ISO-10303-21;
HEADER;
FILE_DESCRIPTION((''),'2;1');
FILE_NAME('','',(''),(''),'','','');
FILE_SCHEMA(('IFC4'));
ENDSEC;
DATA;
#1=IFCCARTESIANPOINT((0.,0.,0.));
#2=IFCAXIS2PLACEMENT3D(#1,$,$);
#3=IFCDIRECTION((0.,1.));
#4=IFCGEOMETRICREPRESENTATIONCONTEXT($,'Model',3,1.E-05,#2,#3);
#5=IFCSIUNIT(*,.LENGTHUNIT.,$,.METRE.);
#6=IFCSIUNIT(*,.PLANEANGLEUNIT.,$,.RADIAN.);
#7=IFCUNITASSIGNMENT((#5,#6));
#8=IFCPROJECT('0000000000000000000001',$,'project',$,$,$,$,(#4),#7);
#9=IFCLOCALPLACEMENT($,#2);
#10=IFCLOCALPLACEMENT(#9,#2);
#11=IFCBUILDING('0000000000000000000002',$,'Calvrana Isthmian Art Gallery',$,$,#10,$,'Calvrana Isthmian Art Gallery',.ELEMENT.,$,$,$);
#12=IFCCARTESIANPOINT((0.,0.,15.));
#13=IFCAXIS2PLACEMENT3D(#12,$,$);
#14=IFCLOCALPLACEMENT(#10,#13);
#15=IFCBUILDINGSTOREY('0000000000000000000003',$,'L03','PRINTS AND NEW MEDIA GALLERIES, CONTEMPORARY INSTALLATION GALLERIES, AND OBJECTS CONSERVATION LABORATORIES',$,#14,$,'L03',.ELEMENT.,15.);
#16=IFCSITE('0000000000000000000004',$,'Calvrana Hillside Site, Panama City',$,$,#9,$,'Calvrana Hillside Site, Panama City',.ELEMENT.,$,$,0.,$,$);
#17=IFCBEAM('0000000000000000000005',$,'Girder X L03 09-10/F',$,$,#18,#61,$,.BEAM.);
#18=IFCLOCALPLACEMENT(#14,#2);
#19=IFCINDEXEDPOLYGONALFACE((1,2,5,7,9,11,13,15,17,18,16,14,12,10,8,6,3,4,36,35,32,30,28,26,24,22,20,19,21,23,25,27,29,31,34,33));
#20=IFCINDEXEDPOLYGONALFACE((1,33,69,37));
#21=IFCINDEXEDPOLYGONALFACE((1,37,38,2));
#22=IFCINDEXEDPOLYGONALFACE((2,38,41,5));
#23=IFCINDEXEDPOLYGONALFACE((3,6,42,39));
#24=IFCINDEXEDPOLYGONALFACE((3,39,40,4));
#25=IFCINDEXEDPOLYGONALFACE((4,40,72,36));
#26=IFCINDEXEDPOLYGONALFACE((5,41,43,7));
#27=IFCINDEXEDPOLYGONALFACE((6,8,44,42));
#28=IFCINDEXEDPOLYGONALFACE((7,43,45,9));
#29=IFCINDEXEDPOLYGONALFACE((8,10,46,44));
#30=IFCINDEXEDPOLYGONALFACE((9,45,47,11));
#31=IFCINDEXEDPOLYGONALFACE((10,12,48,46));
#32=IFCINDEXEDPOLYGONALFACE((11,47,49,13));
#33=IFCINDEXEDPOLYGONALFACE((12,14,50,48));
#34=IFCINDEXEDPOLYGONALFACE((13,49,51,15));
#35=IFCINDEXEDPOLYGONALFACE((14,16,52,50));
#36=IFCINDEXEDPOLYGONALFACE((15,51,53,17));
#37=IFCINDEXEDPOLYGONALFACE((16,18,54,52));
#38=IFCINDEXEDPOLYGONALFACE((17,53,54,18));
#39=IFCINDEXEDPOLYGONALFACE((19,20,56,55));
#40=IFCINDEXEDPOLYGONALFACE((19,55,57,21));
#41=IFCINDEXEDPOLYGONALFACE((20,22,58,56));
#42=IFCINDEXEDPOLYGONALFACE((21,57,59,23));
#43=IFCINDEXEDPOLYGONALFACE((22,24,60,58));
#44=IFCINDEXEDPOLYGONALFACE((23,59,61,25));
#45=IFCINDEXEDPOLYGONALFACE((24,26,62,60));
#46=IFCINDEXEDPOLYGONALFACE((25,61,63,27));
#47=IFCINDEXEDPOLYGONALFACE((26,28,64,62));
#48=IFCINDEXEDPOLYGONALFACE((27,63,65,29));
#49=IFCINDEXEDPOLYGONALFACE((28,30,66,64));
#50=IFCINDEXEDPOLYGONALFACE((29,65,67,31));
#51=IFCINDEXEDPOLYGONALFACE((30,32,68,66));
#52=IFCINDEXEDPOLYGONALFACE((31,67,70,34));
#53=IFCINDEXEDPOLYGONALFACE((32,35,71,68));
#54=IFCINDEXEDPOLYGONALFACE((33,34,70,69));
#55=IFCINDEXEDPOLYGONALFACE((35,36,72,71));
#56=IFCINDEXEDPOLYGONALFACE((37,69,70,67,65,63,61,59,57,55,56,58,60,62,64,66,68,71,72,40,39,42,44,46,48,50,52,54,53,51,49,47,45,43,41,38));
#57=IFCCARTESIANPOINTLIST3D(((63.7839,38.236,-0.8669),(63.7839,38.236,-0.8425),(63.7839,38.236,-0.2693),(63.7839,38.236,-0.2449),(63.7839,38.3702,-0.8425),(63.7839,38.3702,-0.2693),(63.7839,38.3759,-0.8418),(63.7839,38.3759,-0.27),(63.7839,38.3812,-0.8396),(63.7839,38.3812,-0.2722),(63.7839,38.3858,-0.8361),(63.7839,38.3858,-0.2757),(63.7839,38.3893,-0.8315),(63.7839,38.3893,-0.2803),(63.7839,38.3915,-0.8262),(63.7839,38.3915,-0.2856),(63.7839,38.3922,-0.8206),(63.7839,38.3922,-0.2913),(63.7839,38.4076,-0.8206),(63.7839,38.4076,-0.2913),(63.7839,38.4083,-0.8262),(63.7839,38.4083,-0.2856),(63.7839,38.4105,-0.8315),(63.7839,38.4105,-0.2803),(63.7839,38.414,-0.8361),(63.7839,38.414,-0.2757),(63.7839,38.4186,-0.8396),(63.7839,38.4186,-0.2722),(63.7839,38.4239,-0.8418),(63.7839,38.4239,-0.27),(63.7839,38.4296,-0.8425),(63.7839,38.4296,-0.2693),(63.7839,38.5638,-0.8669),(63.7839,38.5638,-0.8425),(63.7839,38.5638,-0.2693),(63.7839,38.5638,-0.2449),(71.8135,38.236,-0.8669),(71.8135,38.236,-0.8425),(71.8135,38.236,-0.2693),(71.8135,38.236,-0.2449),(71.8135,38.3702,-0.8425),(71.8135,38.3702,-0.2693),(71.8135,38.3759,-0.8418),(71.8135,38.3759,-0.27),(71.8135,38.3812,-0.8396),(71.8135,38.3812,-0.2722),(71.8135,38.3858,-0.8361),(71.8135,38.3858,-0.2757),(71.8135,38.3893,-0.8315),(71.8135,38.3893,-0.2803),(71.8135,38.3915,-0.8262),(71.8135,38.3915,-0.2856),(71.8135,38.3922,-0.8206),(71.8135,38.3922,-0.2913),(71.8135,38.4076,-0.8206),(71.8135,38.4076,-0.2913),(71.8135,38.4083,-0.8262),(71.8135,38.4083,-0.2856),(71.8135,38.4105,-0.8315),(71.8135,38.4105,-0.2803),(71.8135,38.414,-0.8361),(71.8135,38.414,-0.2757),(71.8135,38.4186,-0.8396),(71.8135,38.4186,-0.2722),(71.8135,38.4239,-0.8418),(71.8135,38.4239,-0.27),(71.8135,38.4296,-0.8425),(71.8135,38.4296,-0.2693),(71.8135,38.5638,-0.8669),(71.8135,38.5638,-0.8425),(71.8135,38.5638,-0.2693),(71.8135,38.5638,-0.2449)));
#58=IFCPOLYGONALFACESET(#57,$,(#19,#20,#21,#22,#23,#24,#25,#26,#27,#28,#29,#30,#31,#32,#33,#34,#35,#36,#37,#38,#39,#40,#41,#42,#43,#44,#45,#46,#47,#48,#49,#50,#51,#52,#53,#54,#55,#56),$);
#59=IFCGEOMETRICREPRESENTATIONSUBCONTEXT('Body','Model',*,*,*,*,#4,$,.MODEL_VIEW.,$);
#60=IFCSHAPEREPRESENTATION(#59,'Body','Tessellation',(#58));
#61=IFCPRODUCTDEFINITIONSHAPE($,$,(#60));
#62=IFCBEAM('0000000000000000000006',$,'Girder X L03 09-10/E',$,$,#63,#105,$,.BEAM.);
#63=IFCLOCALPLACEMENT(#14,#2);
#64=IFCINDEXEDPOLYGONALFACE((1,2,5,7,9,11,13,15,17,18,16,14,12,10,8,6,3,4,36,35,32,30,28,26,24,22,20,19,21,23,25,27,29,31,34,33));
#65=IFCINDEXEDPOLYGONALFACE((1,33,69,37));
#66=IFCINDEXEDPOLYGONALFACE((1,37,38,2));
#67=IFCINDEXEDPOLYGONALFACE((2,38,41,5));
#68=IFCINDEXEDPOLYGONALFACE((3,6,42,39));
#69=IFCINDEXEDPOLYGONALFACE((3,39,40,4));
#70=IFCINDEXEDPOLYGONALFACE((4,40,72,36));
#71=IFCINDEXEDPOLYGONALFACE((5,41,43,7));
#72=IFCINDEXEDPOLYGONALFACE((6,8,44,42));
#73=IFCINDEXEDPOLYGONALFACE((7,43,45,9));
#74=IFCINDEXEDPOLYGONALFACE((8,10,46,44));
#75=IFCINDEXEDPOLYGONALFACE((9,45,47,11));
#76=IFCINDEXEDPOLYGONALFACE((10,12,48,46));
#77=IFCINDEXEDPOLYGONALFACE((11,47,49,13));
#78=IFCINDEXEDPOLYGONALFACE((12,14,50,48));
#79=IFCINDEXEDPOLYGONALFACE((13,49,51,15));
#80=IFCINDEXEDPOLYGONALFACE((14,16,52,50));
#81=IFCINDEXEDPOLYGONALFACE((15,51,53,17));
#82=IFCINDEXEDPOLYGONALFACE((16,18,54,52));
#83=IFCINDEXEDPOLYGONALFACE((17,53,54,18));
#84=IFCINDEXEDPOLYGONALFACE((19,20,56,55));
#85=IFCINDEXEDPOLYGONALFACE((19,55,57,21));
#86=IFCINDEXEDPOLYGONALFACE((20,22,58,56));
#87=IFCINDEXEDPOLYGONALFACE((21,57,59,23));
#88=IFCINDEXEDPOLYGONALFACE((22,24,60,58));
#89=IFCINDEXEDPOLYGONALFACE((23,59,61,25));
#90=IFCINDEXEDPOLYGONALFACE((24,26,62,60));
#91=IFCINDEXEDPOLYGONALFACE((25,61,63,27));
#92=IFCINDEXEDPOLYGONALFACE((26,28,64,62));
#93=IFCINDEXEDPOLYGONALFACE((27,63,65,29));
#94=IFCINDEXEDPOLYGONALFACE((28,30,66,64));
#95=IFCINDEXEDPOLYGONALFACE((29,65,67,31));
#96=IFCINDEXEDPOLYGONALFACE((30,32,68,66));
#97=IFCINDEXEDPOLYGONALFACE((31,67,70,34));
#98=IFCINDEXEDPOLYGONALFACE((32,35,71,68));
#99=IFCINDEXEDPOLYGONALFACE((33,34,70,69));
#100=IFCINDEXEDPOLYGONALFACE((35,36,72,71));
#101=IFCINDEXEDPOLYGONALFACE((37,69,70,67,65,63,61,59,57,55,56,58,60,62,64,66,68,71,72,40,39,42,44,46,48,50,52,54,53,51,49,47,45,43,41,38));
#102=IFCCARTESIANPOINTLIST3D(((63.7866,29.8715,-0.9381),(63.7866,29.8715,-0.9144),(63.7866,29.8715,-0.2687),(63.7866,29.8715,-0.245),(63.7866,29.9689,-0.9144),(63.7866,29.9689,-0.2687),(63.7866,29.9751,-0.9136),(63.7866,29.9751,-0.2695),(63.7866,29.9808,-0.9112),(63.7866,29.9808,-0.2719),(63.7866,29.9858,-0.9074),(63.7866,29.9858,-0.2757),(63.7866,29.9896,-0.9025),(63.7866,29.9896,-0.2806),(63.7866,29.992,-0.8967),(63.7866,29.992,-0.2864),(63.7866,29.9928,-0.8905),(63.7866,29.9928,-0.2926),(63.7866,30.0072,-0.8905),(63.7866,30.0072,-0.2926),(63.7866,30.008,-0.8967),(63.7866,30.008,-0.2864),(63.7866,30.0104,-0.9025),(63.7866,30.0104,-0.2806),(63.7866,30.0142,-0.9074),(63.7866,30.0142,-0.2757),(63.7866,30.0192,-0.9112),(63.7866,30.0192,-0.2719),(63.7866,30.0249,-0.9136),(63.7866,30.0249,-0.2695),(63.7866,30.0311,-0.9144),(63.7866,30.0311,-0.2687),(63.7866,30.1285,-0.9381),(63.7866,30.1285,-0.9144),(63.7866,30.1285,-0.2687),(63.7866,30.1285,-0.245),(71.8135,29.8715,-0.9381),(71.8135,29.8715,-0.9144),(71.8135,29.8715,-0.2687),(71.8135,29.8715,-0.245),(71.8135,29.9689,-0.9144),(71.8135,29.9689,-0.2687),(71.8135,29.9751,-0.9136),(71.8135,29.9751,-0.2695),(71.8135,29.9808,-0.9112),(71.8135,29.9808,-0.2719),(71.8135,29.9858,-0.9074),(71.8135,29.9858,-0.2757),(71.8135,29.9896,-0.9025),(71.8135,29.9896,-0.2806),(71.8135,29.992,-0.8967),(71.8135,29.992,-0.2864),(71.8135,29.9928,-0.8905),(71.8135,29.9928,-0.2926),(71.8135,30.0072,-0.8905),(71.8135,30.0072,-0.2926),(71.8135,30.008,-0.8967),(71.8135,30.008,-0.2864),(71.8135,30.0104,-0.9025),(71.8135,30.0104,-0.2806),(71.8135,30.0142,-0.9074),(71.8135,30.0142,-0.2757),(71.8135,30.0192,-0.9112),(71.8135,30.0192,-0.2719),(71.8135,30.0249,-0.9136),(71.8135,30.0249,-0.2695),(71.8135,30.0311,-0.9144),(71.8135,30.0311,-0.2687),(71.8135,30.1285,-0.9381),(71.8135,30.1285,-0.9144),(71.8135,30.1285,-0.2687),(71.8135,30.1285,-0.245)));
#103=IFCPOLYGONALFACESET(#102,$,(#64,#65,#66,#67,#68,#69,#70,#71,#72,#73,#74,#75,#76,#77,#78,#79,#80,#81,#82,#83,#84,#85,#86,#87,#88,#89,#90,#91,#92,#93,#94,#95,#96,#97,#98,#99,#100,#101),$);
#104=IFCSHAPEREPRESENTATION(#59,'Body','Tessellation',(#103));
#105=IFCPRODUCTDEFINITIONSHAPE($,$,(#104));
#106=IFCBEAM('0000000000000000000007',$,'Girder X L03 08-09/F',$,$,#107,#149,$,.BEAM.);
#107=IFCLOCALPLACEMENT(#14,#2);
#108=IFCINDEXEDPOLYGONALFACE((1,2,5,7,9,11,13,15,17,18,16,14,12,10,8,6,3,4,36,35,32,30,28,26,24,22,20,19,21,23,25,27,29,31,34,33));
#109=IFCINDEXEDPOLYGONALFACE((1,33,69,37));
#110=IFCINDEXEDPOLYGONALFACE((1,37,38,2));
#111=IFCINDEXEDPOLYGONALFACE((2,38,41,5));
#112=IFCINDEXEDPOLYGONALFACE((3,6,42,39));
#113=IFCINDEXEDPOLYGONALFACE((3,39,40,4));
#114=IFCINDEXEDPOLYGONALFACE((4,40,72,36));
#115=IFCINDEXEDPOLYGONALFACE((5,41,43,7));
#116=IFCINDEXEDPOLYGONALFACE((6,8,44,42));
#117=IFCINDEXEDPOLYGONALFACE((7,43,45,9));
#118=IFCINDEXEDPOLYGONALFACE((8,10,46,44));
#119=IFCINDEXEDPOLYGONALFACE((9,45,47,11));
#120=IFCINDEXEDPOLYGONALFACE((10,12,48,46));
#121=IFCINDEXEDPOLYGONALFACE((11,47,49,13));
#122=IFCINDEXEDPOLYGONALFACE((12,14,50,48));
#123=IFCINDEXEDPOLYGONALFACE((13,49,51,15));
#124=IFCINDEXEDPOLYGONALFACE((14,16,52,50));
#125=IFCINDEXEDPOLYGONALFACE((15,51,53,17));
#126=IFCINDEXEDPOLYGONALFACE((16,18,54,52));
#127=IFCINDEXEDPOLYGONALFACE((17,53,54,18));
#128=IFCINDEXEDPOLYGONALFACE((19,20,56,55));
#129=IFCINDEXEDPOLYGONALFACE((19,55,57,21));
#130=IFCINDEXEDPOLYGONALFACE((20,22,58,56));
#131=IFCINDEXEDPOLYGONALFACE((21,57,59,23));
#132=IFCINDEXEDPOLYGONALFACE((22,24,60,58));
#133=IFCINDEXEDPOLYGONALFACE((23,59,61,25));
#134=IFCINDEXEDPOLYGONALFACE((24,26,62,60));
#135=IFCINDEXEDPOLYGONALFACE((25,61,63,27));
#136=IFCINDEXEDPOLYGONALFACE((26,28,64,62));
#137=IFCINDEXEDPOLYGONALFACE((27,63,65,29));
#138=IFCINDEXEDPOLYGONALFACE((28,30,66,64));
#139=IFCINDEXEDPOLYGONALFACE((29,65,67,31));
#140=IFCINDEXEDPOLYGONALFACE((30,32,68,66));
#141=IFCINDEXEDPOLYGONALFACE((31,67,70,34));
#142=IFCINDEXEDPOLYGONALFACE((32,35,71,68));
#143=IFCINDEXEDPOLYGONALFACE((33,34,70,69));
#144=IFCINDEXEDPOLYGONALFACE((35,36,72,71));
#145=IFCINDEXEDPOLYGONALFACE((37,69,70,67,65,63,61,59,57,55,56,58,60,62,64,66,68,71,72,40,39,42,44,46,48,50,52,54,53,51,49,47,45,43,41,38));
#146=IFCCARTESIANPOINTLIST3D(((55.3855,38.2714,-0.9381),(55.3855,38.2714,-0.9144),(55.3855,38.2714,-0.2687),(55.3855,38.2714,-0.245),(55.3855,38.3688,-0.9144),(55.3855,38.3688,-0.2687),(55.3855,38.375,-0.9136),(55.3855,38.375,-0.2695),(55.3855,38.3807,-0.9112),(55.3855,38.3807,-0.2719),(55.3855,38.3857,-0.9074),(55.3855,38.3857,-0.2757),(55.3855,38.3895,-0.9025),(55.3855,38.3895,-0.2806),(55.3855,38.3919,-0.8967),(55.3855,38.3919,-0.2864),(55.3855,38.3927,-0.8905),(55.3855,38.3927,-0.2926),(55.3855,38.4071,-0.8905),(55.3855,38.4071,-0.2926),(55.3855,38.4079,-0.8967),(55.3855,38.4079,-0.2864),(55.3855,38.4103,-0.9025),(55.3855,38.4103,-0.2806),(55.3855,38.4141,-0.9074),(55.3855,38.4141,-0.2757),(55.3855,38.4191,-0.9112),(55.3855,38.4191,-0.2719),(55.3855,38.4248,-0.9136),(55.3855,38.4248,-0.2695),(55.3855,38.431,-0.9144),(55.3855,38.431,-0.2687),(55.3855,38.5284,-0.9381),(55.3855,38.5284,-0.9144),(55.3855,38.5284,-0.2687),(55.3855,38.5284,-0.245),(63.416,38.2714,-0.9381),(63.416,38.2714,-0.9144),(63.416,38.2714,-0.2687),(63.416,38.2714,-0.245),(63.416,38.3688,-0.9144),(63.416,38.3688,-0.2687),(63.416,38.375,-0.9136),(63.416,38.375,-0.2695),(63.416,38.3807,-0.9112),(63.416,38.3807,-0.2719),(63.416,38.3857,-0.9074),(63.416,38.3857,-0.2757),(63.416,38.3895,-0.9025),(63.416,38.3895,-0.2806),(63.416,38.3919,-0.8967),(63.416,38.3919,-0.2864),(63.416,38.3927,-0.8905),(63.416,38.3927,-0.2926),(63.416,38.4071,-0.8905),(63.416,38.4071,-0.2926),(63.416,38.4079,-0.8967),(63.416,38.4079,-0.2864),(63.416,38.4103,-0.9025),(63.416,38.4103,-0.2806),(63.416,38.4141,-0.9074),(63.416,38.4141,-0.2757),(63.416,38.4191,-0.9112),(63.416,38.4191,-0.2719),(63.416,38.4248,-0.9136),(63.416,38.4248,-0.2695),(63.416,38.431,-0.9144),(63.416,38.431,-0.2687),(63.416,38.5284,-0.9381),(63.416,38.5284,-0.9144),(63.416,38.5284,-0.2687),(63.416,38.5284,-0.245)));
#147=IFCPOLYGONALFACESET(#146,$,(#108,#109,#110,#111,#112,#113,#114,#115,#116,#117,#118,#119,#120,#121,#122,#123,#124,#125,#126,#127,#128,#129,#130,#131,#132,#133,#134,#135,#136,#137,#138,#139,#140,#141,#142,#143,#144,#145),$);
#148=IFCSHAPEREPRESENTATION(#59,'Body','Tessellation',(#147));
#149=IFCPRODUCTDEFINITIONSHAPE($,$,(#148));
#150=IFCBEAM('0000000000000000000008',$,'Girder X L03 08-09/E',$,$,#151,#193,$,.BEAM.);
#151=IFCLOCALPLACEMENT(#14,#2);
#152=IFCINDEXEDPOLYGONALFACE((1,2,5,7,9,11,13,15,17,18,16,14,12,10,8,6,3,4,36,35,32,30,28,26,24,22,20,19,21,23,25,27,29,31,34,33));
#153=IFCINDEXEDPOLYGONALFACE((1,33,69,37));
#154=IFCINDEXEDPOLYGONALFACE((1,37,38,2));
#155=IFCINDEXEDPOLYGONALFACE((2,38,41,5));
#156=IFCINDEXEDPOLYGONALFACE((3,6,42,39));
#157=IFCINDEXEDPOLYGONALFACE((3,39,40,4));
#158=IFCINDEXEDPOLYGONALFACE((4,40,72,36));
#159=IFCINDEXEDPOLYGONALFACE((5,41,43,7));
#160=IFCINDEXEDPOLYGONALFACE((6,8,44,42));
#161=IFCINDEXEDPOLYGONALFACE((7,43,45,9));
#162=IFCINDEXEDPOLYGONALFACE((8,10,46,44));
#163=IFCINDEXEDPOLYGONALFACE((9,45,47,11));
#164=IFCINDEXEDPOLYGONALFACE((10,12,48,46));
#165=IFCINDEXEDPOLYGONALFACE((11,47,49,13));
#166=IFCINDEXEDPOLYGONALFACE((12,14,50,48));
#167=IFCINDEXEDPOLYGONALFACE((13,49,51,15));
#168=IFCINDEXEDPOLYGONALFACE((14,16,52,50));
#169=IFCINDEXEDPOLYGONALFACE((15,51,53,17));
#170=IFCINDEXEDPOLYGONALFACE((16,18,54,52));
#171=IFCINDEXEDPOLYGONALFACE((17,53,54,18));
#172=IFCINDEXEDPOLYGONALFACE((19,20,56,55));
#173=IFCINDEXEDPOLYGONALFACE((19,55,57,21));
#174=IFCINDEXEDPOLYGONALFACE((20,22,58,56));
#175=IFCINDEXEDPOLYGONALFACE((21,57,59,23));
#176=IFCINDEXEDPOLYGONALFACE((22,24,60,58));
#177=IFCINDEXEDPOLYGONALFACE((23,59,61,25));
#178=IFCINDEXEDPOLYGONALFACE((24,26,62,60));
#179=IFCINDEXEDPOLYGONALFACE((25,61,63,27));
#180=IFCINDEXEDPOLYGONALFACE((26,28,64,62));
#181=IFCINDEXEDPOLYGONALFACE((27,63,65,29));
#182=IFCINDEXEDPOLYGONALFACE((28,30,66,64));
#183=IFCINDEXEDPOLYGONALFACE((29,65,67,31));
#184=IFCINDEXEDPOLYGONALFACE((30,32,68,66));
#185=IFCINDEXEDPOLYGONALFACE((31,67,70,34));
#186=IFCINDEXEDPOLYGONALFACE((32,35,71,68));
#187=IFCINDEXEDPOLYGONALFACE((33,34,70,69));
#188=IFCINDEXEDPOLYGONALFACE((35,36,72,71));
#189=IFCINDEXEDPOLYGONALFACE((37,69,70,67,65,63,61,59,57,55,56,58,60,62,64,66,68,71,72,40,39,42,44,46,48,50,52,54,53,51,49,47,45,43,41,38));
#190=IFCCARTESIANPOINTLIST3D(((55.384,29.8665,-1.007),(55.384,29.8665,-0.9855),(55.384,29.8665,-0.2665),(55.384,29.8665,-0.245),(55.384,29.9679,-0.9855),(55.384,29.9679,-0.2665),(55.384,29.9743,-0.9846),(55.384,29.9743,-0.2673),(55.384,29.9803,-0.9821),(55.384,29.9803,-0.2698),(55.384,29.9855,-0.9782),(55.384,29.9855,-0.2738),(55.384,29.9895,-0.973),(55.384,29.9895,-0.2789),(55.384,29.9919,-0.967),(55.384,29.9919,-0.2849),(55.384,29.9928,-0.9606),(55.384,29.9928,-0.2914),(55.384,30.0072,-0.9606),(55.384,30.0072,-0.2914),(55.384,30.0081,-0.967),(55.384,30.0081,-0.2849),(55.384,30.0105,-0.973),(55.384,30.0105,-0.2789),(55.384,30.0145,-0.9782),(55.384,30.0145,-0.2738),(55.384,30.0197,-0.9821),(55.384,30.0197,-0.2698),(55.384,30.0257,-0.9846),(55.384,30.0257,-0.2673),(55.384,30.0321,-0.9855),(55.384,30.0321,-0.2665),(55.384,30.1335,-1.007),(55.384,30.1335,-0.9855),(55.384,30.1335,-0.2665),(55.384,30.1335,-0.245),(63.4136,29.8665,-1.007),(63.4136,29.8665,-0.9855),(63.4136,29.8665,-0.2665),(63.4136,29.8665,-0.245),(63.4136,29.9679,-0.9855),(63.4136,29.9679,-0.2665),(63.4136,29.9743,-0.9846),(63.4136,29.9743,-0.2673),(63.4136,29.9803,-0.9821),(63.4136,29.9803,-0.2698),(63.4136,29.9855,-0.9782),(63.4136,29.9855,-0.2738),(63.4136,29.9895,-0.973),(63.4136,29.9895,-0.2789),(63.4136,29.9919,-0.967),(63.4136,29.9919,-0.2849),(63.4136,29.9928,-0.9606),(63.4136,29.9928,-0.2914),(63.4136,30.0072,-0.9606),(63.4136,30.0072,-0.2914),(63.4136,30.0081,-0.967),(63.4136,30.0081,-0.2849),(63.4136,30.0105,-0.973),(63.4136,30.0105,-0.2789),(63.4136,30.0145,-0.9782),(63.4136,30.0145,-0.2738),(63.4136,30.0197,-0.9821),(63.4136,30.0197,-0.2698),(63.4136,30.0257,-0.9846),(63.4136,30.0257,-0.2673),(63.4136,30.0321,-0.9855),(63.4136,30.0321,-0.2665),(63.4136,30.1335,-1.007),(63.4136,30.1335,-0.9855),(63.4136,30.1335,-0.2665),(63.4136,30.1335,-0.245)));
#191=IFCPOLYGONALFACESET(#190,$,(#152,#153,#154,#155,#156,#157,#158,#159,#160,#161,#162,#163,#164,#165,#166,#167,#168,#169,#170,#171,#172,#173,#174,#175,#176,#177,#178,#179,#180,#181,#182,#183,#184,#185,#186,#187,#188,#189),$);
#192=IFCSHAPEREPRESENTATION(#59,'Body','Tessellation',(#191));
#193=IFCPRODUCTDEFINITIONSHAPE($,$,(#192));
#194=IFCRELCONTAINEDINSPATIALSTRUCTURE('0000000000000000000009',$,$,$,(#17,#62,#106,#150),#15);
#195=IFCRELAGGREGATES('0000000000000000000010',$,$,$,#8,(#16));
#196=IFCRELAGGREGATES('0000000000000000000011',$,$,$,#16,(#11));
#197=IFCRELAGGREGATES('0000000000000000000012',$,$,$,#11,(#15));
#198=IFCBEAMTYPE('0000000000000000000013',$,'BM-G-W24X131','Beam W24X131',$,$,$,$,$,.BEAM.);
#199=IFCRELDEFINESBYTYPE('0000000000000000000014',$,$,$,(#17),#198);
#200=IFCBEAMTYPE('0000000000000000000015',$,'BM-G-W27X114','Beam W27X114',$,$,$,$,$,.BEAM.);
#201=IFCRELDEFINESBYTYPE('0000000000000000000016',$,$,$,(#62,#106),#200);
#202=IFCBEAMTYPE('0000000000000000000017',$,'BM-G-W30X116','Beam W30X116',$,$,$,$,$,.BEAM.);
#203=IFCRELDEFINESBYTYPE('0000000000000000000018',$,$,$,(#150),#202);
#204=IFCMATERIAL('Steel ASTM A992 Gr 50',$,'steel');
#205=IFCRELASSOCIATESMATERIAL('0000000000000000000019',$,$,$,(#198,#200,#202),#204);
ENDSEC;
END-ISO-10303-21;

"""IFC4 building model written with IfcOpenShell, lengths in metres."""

from ifc_helpers import new_model, si_unit, direction, frame, origin, origin_2d, place, context, subcontext, project, spatial, i_section, extrude, material, material_profile, profile_set, type_object, element, save


model = new_model("IFC4")

# Units and contexts
model_context = context("Model", 3, precision=1e-05, world=origin(), true_north=direction((0.0, 1.0)))
body_context = subcontext(model_context, "Body", "Model", "MODEL_VIEW")
ifc_project = project(units=[si_unit("LENGTHUNIT", "METRE"), si_unit("PLANEANGLEUNIT", "RADIAN")], contexts=[model_context])

# Site, building, storey
site_placement = place(None, origin())
site = spatial("IfcSite", under=ifc_project, at=site_placement, Name="Calvrana Hillside Site, Panama City", LongName="Calvrana Hillside Site, Panama City", CompositionType="ELEMENT", RefElevation=0.0)
building_placement = place(site_placement, origin())
building = spatial("IfcBuilding", under=site, at=building_placement, Name="Calvrana Isthmian Art Gallery", LongName="Calvrana Isthmian Art Gallery", CompositionType="ELEMENT")
storey_placement = place(building_placement, frame((0.0, 0.0, 15.0)))
storey = spatial("IfcBuildingStorey", under=building, at=storey_placement, Name="L03", Description="PRINTS AND NEW MEDIA GALLERIES, CONTEMPORARY INSTALLATION GALLERIES, AND OBJECTS CONSERVATION LABORATORIES", LongName="L03", CompositionType="ELEMENT", Elevation=15.0)

# Shared definitions
ifc_material_1 = material(Name="Steel ASTM A992 Gr 50", Category="steel")

# Beams
ifc_material_profile_1 = material_profile(ifc_material_1, i_section(OverallWidth=0.3279, OverallDepth=0.6221, WebThickness=0.0154, FlangeThickness=0.0244, FilletRadius=0.022, at=origin_2d()), Name="W24X131")
ifc_profile_set_1 = profile_set([ifc_material_profile_1], Name="Steel ASTM A992 Gr 50")
beam_type_1 = type_object("IfcBeamType", Name="BM-G-W24X131", Description="Beam W24X131", PredefinedType="BEAM", material=ifc_profile_set_1)
beam_1_placement = place(storey_placement, frame((63.7839, 38.3999, -0.5559), z_axis=(1.0, 0.0, 0.0), x_axis=(0.0, 1.0, 0.0)))
element("IfcBeam", 1, at=beam_1_placement, inside=storey, type_object=beam_type_1, Name="Girder X L03 09-10/F", PredefinedType="BEAM", context=body_context, shape_type="SweptSolid", body=[
    extrude(i_section(OverallWidth=0.3279, OverallDepth=0.6221, WebThickness=0.0154, FlangeThickness=0.0244, FilletRadius=0.022, at=origin_2d()), origin(), (0.0, 0.0, 1.0), 8.0295),
])
ifc_material_profile_2 = material_profile(ifc_material_1, i_section(OverallWidth=0.2571, OverallDepth=0.6931, WebThickness=0.0144, FlangeThickness=0.0237, FilletRadius=0.0239, at=origin_2d()), Name="W27X114")
ifc_profile_set_2 = profile_set([ifc_material_profile_2], Name="Steel ASTM A992 Gr 50")
beam_type_2 = type_object("IfcBeamType", Name="BM-G-W27X114", Description="Beam W27X114", PredefinedType="BEAM", material=ifc_profile_set_2)
beam_2_placement = place(storey_placement, frame((63.7866, 30.0, -0.5916), z_axis=(1.0, 0.0, 0.0), x_axis=(0.0, 1.0, 0.0)))
element("IfcBeam", 2, at=beam_2_placement, inside=storey, type_object=beam_type_2, Name="Girder X L03 09-10/E", PredefinedType="BEAM", context=body_context, shape_type="SweptSolid", body=[
    extrude(i_section(OverallWidth=0.2571, OverallDepth=0.6931, WebThickness=0.0144, FlangeThickness=0.0237, FilletRadius=0.0239, at=origin_2d()), origin(), (0.0, 0.0, 1.0), 8.0269),
])
beam_3_placement = place(storey_placement, frame((55.3855, 38.3999, -0.5916), z_axis=(1.0, 0.0, 0.0), x_axis=(0.0, 1.0, 0.0)))
element("IfcBeam", 3, at=beam_3_placement, inside=storey, type_object=beam_type_2, Name="Girder X L03 08-09/F", PredefinedType="BEAM", context=body_context, shape_type="SweptSolid", body=[
    extrude(i_section(OverallWidth=0.2571, OverallDepth=0.6931, WebThickness=0.0144, FlangeThickness=0.0237, FilletRadius=0.0239, at=origin_2d()), origin(), (0.0, 0.0, 1.0), 8.0305),
])
ifc_material_profile_3 = material_profile(ifc_material_1, i_section(OverallWidth=0.2671, OverallDepth=0.762, WebThickness=0.0144, FlangeThickness=0.0215, FilletRadius=0.0249, at=origin_2d()), Name="W30X116")
ifc_profile_set_3 = profile_set([ifc_material_profile_3], Name="Steel ASTM A992 Gr 50")
beam_type_3 = type_object("IfcBeamType", Name="BM-G-W30X116", Description="Beam W30X116", PredefinedType="BEAM", material=ifc_profile_set_3)
beam_4_placement = place(storey_placement, frame((55.384, 30.0, -0.626), z_axis=(1.0, 0.0, 0.0), x_axis=(0.0, 1.0, 0.0)))
element("IfcBeam", 4, at=beam_4_placement, inside=storey, type_object=beam_type_3, Name="Girder X L03 08-09/E", PredefinedType="BEAM", context=body_context, shape_type="SweptSolid", body=[
    extrude(i_section(OverallWidth=0.2671, OverallDepth=0.762, WebThickness=0.0144, FlangeThickness=0.0215, FilletRadius=0.0249, at=origin_2d()), origin(), (0.0, 0.0, 1.0), 8.0295),
])

save(model, "model.ifc")
